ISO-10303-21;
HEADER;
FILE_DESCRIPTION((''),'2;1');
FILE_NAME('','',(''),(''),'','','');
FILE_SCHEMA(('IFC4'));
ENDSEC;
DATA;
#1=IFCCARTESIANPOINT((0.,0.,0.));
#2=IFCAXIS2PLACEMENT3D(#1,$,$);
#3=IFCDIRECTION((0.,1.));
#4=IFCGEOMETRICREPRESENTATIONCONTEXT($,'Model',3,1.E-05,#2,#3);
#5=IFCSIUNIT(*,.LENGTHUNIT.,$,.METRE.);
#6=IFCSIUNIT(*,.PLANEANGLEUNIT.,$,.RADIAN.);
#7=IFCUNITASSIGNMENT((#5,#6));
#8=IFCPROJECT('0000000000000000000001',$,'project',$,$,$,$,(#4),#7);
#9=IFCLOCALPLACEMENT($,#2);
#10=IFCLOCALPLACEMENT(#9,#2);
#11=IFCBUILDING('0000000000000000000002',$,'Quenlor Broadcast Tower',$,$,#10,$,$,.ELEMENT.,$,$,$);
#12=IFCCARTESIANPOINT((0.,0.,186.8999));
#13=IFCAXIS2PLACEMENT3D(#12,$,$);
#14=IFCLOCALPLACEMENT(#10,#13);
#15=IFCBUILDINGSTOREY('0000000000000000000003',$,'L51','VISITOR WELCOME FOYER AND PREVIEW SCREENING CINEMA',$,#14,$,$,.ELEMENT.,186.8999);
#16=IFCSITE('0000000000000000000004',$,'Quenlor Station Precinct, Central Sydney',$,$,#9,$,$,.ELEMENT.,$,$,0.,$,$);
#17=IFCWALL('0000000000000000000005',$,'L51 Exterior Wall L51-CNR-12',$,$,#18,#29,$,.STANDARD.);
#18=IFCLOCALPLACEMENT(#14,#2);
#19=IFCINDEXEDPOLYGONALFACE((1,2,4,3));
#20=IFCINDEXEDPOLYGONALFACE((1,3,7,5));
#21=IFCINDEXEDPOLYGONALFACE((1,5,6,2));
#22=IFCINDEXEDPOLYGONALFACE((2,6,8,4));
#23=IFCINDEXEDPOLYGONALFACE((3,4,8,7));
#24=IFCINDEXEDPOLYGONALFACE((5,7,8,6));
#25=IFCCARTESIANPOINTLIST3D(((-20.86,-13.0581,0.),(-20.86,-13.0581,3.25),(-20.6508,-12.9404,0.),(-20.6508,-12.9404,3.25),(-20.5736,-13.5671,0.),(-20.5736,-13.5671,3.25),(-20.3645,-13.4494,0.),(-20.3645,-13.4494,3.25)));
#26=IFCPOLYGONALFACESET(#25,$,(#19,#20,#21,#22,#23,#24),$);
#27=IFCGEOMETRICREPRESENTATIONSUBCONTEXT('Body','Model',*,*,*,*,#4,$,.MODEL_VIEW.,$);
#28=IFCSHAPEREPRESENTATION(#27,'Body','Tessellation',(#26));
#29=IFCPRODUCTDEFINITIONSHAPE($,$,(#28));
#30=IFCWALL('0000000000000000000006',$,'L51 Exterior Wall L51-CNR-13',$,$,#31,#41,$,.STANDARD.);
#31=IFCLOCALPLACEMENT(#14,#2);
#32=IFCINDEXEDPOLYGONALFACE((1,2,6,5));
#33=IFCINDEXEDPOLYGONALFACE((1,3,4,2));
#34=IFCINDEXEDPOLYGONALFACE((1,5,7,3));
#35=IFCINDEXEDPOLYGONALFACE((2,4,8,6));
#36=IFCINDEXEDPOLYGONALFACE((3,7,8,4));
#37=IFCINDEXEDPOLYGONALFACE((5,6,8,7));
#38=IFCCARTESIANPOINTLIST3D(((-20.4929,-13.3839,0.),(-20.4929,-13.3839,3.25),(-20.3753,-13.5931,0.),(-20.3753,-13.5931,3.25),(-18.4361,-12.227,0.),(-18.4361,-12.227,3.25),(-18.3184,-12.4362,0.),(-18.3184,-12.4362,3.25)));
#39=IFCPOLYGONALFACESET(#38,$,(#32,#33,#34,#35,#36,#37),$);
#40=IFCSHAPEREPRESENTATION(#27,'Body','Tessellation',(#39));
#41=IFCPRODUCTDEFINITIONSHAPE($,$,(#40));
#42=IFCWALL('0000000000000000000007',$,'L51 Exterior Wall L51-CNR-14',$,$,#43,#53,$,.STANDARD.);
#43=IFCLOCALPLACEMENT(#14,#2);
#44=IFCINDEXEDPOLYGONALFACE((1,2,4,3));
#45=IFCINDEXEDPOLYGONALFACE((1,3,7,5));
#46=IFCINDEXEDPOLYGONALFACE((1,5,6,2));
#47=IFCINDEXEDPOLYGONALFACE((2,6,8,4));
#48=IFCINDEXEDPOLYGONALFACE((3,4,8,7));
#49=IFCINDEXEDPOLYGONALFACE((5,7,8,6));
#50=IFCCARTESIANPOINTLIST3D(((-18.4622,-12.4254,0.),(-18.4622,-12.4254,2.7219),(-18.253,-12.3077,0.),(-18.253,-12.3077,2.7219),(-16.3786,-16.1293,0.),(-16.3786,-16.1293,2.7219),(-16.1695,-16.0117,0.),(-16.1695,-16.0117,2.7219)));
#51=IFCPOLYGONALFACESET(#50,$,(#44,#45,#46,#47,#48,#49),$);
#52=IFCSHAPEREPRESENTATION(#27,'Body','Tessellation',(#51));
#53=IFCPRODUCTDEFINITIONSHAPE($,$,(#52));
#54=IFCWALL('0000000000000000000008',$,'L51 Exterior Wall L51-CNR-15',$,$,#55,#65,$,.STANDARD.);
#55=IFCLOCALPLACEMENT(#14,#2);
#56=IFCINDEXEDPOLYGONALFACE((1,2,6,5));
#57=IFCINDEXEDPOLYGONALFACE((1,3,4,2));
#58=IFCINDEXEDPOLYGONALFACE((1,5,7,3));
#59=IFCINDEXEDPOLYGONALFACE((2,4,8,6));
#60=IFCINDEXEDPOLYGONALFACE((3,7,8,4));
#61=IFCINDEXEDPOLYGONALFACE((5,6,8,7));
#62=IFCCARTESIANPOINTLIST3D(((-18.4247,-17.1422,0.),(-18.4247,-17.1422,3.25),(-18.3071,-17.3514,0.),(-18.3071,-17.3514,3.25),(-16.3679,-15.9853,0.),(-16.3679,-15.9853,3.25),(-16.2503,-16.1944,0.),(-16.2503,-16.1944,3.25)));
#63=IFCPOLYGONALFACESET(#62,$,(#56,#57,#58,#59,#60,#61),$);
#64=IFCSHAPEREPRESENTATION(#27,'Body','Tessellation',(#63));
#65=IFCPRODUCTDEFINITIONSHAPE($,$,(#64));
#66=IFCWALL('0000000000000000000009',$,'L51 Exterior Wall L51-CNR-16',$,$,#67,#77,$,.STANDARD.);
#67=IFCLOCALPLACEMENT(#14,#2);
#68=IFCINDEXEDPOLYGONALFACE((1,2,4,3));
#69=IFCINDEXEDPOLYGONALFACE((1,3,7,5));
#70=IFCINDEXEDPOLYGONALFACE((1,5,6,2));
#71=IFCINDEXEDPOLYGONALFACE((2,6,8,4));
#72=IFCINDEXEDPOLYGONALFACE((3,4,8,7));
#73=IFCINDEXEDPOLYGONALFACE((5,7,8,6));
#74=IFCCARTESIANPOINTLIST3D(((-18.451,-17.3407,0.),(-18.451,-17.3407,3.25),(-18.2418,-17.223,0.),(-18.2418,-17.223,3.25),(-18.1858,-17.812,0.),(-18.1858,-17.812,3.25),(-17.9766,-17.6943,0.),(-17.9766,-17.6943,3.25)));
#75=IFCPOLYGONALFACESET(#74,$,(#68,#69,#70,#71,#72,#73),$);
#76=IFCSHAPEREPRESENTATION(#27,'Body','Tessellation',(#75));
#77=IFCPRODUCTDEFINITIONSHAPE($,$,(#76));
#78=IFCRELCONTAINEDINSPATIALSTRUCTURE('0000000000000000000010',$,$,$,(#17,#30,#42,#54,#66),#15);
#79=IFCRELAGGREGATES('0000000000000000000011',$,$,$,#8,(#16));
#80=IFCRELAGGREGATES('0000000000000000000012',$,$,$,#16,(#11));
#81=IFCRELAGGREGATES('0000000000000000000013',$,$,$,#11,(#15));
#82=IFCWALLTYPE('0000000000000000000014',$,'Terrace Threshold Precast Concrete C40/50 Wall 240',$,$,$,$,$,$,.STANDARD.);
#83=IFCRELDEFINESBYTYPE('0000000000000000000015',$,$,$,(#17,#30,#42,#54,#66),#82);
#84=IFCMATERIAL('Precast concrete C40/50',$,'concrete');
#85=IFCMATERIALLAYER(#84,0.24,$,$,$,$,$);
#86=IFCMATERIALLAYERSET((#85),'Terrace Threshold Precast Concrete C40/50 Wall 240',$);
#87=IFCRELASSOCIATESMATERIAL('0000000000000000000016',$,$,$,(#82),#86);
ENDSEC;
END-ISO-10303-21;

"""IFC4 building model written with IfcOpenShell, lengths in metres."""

from ifc_helpers import new_model, si_unit, direction, frame, frame_2d, origin, place, context, subcontext, project, spatial, rectangle, extrude, material, layer, layer_set, type_object, element, save


model = new_model("IFC4")

# Units and contexts
model_context = context("Model", 3, precision=1e-05, world=origin(), true_north=direction((0.0, 1.0)))
body_context = subcontext(model_context, "Body", "Model", "MODEL_VIEW")
ifc_project = project(units=[si_unit("LENGTHUNIT", "METRE"), si_unit("PLANEANGLEUNIT", "RADIAN")], contexts=[model_context])

# Site, building, storey
site_placement = place(None, origin())
site = spatial("IfcSite", under=ifc_project, at=site_placement, Name="Quenlor Station Precinct, Central Sydney", CompositionType="ELEMENT", RefElevation=0.0)
building_placement = place(site_placement, origin())
building = spatial("IfcBuilding", under=site, at=building_placement, Name="Quenlor Broadcast Tower", CompositionType="ELEMENT")
storey_placement = place(building_placement, frame((0.0, 0.0, 186.8999)))
storey = spatial("IfcBuildingStorey", under=building, at=storey_placement, Name="L51", Description="VISITOR WELCOME FOYER AND PREVIEW SCREENING CINEMA", CompositionType="ELEMENT", Elevation=186.8999)

# Walls
ifc_material_1 = material(Name="Precast concrete C40/50", Category="concrete")
ifc_layer_1 = layer(ifc_material_1, 0.24)
ifc_layer_set_1 = layer_set([ifc_layer_1], Name="Terrace Threshold Precast Concrete C40/50 Wall 240")
wall_type_1 = type_object("IfcWallType", Name="Terrace Threshold Precast Concrete C40/50 Wall 240", PredefinedType="STANDARD", material=ifc_layer_set_1)
wall_1_placement = place(storey_placement, frame((-20.7554, -12.9993, 0.0), z_axis=(0.0, 0.0, 1.0), x_axis=(0.490321, -0.871542, 0.0)))
element("IfcWall", 1, at=wall_1_placement, inside=storey, type_object=wall_type_1, Name="L51 Exterior Wall L51-CNR-12", PredefinedType="STANDARD", context=body_context, shape_type="SweptSolid", body=[
    extrude(rectangle(XDim=0.584, YDim=0.24, at=frame_2d((0.292, 0.0))), origin(), (0.0, 0.0, 1.0), 3.25),
])
wall_2_placement = place(storey_placement, frame((-20.4341, -13.4885, 0.0), z_axis=(0.0, 0.0, 1.0), x_axis=(0.871578, 0.490256, 0.0)))
element("IfcWall", 2, at=wall_2_placement, inside=storey, type_object=wall_type_1, Name="L51 Exterior Wall L51-CNR-13", PredefinedType="STANDARD", context=body_context, shape_type="SweptSolid", body=[
    extrude(rectangle(XDim=2.3599, YDim=0.24, at=frame_2d((1.1799, 0.0))), origin(), (0.0, 0.0, 1.0), 3.25),
])
wall_3_placement = place(storey_placement, frame((-18.3577, -12.3665, 0.0), z_axis=(0.0, 0.0, 1.0), x_axis=(0.490275, -0.871568, 0.0)))
element("IfcWall", 3, at=wall_3_placement, inside=storey, type_object=wall_type_1, Name="L51 Exterior Wall L51-CNR-14", PredefinedType="STANDARD", context=body_context, shape_type="SweptSolid", body=[
    extrude(rectangle(XDim=4.2498, YDim=0.24, at=frame_2d((2.125, 0.0))), origin(), (0.0, 0.0, 1.0), 2.7219),
])
wall_4_placement = place(storey_placement, frame((-16.3091, -16.0898, 0.0), z_axis=(0.0, 0.0, 1.0), x_axis=(-0.871578, -0.490256, 0.0)))
element("IfcWall", 4, at=wall_4_placement, inside=storey, type_object=wall_type_1, Name="L51 Exterior Wall L51-CNR-15", PredefinedType="STANDARD", context=body_context, shape_type="SweptSolid", body=[
    extrude(rectangle(XDim=2.3599, YDim=0.24, at=frame_2d((1.1799, 0.0))), origin(), (0.0, 0.0, 1.0), 3.25),
])
wall_5_placement = place(storey_placement, frame((-18.3464, -17.2817, 0.0), z_axis=(0.0, 0.0, 1.0), x_axis=(0.49039, -0.871503, 0.0)))
element("IfcWall", 5, at=wall_5_placement, inside=storey, type_object=wall_type_1, Name="L51 Exterior Wall L51-CNR-16", PredefinedType="STANDARD", context=body_context, shape_type="SweptSolid", body=[
    extrude(rectangle(XDim=0.5408, YDim=0.24, at=frame_2d((0.2705, 0.0))), origin(), (0.0, 0.0, 1.0), 3.25),
])

save(model, "model.ifc")
